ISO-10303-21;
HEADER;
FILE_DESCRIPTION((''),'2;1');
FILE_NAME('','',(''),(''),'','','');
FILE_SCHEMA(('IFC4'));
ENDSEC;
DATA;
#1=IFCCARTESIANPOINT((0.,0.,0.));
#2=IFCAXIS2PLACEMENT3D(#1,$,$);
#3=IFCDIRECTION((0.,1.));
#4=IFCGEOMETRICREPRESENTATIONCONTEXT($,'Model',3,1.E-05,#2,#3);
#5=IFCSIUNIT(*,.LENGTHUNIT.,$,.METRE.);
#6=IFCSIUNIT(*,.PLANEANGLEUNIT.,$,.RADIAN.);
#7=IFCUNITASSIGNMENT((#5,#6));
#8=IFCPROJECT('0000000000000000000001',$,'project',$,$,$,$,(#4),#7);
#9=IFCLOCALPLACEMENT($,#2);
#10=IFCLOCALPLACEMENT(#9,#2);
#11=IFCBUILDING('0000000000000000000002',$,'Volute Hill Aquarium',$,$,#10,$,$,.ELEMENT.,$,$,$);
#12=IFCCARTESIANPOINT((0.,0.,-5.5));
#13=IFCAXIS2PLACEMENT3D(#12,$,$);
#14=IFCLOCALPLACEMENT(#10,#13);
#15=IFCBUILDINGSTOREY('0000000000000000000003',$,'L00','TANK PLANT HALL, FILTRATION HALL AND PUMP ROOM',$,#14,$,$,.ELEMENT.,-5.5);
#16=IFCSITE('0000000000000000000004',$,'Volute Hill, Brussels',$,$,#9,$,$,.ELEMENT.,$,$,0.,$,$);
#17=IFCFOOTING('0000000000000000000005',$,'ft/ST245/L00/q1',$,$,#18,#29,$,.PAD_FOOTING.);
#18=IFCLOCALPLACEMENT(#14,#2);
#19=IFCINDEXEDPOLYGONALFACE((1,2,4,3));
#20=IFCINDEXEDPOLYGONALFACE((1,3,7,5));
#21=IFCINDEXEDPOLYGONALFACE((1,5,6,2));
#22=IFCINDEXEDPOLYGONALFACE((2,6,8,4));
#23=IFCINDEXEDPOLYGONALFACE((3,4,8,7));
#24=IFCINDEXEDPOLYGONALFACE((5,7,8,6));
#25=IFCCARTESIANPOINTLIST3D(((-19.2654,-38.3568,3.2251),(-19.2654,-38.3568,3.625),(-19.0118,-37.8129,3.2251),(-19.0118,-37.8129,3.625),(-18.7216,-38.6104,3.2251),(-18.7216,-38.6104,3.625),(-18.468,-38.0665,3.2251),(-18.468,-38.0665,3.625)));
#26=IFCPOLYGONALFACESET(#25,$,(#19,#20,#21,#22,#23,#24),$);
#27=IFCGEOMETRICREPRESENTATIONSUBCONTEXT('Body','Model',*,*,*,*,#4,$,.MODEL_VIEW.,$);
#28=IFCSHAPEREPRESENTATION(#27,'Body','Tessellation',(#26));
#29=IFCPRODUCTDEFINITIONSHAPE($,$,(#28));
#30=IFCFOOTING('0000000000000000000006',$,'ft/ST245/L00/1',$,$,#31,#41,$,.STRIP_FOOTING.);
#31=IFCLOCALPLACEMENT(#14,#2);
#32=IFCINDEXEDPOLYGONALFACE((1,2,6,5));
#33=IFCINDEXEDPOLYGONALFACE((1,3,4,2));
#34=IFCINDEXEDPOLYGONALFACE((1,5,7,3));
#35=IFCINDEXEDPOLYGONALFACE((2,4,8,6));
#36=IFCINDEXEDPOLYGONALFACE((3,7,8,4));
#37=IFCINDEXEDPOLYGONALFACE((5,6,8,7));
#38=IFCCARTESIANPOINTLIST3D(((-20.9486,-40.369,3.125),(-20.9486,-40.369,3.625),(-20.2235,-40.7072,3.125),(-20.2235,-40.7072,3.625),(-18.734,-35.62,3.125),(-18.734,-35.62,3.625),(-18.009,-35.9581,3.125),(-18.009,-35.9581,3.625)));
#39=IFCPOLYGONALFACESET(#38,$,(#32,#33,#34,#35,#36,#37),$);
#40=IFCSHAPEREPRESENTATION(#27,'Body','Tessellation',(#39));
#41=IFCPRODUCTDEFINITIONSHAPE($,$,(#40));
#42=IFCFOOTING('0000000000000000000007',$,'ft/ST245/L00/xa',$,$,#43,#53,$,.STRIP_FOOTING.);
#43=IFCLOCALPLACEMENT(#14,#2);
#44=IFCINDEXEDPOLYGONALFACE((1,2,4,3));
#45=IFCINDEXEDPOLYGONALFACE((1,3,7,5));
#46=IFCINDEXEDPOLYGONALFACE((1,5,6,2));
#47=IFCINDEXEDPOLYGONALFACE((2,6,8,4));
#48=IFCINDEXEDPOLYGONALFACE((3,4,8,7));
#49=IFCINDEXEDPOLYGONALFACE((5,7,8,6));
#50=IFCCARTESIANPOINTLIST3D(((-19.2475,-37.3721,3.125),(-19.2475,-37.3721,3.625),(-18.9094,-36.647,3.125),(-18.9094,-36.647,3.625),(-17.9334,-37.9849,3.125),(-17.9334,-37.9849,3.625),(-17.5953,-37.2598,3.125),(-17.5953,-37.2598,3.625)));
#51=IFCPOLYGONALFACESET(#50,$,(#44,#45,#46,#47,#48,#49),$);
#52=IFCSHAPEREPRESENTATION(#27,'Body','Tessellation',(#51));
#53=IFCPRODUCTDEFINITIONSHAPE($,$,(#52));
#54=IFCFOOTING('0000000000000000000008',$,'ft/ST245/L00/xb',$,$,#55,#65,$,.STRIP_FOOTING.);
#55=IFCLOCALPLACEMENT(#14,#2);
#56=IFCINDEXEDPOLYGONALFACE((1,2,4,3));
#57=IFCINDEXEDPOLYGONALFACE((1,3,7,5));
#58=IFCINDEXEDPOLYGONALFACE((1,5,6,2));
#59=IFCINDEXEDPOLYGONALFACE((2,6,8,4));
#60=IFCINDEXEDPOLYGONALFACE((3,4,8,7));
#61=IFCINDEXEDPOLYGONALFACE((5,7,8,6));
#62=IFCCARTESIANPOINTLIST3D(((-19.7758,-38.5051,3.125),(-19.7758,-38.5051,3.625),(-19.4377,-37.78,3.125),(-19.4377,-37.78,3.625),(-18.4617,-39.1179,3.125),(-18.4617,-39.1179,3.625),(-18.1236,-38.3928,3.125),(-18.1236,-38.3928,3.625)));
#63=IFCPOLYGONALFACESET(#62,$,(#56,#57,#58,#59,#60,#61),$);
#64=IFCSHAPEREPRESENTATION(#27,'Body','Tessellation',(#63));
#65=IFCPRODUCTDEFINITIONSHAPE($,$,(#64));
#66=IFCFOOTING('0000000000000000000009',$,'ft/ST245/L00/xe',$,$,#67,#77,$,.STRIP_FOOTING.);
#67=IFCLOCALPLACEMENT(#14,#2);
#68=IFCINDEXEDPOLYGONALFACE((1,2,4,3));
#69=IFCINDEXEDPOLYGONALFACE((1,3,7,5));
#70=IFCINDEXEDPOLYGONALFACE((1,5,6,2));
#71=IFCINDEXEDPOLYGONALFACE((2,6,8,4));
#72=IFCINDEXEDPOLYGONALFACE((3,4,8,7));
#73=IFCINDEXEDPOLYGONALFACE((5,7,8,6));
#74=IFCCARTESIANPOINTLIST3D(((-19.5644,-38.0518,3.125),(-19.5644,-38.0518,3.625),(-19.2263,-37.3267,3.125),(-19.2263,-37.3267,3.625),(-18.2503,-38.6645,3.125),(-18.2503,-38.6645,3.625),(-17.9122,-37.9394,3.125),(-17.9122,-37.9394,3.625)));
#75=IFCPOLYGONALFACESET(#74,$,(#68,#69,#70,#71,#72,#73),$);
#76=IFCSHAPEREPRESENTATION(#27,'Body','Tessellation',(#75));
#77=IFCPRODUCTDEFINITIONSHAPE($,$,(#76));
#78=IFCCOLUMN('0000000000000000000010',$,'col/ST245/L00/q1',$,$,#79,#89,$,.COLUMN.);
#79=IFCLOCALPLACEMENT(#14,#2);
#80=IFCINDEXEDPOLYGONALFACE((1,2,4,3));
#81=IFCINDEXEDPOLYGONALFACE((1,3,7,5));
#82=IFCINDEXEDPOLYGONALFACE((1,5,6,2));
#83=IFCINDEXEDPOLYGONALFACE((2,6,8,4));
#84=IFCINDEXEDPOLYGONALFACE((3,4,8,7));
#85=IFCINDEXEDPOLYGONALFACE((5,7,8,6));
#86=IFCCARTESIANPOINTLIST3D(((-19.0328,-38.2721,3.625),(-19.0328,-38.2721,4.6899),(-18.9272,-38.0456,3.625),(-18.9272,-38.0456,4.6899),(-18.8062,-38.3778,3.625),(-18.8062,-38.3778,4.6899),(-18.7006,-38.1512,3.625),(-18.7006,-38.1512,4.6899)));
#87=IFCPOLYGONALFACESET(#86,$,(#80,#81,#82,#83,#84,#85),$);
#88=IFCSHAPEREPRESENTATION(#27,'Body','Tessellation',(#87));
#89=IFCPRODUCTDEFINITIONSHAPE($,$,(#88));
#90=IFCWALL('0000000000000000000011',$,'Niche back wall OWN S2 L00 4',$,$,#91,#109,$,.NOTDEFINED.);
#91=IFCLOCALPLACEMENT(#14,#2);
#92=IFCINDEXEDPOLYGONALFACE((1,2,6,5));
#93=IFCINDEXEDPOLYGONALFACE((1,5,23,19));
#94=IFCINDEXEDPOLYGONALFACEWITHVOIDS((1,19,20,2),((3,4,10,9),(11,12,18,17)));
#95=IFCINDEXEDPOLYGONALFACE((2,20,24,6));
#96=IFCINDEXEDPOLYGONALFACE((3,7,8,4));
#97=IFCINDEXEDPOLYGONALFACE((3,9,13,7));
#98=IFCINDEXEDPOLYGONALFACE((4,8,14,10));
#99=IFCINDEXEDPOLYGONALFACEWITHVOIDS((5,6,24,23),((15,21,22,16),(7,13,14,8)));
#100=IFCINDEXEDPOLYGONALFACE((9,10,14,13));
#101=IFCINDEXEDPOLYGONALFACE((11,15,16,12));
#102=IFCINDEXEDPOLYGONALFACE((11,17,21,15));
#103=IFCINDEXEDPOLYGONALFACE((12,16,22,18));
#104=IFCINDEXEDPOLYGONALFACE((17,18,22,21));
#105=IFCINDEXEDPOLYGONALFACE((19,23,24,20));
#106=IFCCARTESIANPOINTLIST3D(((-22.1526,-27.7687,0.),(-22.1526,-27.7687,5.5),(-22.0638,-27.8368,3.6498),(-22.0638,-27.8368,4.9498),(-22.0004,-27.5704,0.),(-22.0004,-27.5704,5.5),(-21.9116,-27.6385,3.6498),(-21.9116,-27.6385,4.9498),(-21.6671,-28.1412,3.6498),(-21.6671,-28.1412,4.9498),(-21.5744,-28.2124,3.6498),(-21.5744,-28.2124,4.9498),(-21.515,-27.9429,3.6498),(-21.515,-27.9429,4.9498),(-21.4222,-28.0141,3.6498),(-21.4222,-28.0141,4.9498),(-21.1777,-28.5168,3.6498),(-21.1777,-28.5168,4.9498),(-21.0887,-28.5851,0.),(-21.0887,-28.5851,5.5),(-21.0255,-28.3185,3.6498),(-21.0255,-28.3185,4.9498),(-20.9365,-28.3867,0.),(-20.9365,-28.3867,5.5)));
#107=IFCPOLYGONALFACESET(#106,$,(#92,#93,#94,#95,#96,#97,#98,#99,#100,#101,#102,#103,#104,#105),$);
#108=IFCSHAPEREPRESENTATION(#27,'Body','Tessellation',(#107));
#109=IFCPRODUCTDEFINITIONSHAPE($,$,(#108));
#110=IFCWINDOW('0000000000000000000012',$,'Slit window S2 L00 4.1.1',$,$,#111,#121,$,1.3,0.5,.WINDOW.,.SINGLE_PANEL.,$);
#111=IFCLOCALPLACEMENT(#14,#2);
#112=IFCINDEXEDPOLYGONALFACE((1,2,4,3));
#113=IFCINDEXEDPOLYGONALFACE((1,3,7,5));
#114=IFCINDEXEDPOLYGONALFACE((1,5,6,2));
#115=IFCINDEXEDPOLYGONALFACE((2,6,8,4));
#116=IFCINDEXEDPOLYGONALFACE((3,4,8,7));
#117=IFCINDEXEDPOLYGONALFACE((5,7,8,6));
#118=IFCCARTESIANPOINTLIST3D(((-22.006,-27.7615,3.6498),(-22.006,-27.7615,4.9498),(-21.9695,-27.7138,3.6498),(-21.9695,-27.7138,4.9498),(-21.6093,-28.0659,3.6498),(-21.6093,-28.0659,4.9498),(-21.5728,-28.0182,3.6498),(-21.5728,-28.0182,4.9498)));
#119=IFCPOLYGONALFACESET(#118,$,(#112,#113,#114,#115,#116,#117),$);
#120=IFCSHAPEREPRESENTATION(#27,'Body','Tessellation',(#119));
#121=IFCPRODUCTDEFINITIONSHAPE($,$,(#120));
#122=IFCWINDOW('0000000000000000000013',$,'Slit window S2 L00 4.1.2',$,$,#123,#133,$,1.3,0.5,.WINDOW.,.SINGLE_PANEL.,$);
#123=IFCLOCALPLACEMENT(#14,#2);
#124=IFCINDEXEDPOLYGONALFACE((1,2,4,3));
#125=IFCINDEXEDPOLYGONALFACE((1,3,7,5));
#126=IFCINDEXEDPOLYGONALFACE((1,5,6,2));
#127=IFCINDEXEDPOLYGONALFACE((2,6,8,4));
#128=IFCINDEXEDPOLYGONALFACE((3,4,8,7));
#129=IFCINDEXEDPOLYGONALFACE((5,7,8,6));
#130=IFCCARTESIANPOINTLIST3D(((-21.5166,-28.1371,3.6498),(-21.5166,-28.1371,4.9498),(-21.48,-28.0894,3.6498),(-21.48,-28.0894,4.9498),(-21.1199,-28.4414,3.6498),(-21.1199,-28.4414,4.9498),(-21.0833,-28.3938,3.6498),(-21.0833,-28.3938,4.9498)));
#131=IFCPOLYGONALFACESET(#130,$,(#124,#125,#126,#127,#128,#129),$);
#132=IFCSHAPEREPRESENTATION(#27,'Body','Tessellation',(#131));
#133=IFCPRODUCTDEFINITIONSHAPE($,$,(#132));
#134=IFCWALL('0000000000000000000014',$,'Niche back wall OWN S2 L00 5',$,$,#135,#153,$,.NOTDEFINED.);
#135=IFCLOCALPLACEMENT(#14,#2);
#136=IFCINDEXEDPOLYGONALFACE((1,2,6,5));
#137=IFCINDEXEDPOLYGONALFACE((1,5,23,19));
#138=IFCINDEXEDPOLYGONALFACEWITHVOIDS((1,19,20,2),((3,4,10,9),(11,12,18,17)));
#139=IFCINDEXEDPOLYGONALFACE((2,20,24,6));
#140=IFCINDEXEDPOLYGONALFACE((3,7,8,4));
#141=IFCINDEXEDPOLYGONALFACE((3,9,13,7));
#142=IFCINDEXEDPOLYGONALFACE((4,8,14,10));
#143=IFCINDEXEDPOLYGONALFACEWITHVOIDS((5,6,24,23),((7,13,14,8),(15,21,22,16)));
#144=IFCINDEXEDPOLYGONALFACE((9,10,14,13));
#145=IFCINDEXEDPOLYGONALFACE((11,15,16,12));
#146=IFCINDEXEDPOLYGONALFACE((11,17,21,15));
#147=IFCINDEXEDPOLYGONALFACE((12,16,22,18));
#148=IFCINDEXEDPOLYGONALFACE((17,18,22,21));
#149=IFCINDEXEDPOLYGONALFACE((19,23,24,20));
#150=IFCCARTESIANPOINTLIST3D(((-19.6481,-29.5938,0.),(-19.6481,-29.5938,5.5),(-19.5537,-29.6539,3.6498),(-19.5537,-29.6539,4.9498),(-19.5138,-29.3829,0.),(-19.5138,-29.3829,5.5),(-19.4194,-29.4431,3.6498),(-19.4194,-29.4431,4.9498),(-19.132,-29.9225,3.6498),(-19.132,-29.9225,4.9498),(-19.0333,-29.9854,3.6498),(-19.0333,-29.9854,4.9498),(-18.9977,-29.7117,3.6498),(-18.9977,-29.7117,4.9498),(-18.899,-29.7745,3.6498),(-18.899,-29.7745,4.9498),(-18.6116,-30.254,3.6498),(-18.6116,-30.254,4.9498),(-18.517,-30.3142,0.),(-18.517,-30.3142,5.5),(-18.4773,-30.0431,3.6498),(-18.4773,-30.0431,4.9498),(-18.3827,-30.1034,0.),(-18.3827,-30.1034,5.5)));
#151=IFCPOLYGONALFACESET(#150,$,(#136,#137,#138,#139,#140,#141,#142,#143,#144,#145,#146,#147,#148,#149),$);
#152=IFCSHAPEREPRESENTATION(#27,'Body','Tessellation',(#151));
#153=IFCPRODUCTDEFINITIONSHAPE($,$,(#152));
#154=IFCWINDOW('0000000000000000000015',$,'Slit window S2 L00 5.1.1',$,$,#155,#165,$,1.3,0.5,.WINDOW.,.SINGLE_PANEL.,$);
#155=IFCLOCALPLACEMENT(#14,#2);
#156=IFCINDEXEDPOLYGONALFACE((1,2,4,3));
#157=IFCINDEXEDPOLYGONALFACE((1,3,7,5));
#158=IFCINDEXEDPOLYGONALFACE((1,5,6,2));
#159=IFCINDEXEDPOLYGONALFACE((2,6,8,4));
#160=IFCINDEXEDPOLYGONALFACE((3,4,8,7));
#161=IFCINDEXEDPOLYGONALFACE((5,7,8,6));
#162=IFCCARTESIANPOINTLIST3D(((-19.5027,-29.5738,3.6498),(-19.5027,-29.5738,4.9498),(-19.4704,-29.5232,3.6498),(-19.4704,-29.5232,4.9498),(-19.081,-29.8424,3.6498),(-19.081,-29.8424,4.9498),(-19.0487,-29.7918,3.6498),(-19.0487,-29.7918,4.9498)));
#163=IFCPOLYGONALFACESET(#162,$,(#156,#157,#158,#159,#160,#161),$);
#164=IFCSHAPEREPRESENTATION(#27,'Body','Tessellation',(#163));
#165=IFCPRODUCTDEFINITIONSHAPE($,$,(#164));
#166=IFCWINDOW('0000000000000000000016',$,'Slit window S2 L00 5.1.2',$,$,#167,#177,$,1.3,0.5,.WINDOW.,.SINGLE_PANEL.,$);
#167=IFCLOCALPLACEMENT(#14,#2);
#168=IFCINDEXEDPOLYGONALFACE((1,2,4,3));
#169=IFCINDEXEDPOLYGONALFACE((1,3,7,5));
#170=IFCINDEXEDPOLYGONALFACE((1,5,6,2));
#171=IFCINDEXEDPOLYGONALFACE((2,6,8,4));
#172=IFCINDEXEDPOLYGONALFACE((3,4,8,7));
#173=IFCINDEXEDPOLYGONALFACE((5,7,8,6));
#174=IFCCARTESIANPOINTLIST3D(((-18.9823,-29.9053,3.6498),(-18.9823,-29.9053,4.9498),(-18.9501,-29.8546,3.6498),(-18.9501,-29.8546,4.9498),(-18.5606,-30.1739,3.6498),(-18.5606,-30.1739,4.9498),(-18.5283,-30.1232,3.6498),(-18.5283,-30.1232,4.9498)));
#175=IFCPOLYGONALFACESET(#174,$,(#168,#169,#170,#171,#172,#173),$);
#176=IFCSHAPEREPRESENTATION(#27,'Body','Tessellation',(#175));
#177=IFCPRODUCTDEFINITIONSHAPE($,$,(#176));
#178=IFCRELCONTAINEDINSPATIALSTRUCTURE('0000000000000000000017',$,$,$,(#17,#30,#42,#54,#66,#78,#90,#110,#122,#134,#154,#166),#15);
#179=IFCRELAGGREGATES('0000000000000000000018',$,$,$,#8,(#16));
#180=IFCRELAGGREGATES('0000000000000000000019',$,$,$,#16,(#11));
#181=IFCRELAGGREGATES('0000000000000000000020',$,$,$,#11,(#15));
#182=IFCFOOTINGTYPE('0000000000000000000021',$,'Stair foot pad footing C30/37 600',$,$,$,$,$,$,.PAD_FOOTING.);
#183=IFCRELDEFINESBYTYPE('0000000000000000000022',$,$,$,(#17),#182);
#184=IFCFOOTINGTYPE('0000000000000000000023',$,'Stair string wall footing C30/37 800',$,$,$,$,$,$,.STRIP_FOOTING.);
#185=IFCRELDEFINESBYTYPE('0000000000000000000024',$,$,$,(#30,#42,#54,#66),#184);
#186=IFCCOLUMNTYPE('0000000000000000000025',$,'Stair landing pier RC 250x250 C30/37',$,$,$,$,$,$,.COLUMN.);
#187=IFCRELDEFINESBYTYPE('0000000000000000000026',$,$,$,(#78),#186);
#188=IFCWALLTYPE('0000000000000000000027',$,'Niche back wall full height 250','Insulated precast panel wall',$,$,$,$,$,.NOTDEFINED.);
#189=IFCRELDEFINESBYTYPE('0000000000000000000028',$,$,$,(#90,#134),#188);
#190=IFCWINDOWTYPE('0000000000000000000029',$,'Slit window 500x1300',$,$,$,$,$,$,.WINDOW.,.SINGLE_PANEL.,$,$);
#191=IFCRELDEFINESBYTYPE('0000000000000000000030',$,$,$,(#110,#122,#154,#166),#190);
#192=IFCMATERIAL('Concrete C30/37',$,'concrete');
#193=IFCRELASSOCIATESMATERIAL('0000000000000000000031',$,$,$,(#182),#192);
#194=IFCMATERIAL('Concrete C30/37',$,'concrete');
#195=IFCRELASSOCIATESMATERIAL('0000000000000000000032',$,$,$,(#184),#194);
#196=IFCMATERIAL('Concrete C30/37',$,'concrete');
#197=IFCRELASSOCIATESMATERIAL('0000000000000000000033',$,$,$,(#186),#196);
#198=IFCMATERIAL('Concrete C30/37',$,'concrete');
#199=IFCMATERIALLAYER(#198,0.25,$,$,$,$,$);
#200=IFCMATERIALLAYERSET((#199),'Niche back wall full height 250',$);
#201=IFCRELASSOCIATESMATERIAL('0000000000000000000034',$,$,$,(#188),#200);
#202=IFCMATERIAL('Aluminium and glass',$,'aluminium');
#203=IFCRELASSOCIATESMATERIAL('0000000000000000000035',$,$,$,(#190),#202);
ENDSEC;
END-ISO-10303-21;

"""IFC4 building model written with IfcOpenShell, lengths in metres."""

from ifc_helpers import new_model, si_unit, direction, frame, frame_2d, origin, origin_2d, place, context, subcontext, project, spatial, rectangle, extrude, material, layer, layer_set, material_profile, profile_set, type_object, element, fill, save


model = new_model("IFC4")

# Units and contexts
model_context = context("Model", 3, precision=1e-05, world=origin(), true_north=direction((0.0, 1.0)))
body_context = subcontext(model_context, "Body", "Model", "MODEL_VIEW")
ifc_project = project(units=[si_unit("LENGTHUNIT", "METRE"), si_unit("PLANEANGLEUNIT", "RADIAN")], contexts=[model_context])

# Site, building, storey
site_placement = place(None, origin())
site = spatial("IfcSite", under=ifc_project, at=site_placement, Name="Volute Hill, Brussels", CompositionType="ELEMENT", RefElevation=0.0)
building_placement = place(site_placement, origin())
building = spatial("IfcBuilding", under=site, at=building_placement, Name="Volute Hill Aquarium", CompositionType="ELEMENT")
storey_placement = place(building_placement, frame((0.0, 0.0, -5.5)))
storey = spatial("IfcBuildingStorey", under=building, at=storey_placement, Name="L00", Description="TANK PLANT HALL, FILTRATION HALL AND PUMP ROOM", CompositionType="ELEMENT", Elevation=-5.5)

# Footings
ifc_material_1 = material(Name="Concrete C30/37", Category="concrete")
footing_type_1 = type_object("IfcFootingType", Name="Stair foot pad footing C30/37 600", PredefinedType="PAD_FOOTING", material=ifc_material_1)
footing_1_placement = place(storey_placement, frame((-18.8667, -38.2117, 3.2251), z_axis=(0.0, 0.0, 1.0), x_axis=(-0.422618, -0.906308, 0.0)))
element("IfcFooting", 1, at=footing_1_placement, inside=storey, type_object=footing_type_1, Name="ft/ST245/L00/q1", PredefinedType="PAD_FOOTING", context=body_context, shape_type="SweptSolid", body=[
    extrude(rectangle(XDim=0.6001, YDim=0.6001, at=origin_2d()), origin(), (0.0, 0.0, 1.0), 0.3999),
])
ifc_material_2 = material(Name="Concrete C30/37", Category="concrete")
footing_type_2 = type_object("IfcFootingType", Name="Stair string wall footing C30/37 800", PredefinedType="STRIP_FOOTING", material=ifc_material_2)
footing_2_placement = place(storey_placement, frame((-19.4788, -38.1636, 3.125), z_axis=(0.0, 0.0, 1.0), x_axis=(-0.422618, -0.906308, 0.0)))
element("IfcFooting", 2, at=footing_2_placement, inside=storey, type_object=footing_type_2, Name="ft/ST245/L00/1", PredefinedType="STRIP_FOOTING", context=body_context, shape_type="SweptSolid", body=[
    extrude(rectangle(XDim=5.24, YDim=0.8, at=origin_2d()), origin(), (0.0, 0.0, 1.0), 0.5),
])
for number, where, z_axis, x_axis, name in (
    (3, (-18.4214, -37.3159, 3.125), (0.0, 0.0, 1.0), (0.906308, -0.422618, 0.0), "ft/ST245/L00/xa"),
    (4, (-18.9497, -38.449, 3.125), (0.0, 0.0, 1.0), (0.906308, -0.422618, 0.0), "ft/ST245/L00/xb"),
    (5, (-18.7383, -37.9956, 3.125), (0.0, 0.0, 1.0), (0.906308, -0.422618, 0.0), "ft/ST245/L00/xe"),
):
    element("IfcFooting", number, at=place(storey_placement, frame(where, z_axis=z_axis, x_axis=x_axis)), inside=storey, type_object=footing_type_2, Name=name, PredefinedType="STRIP_FOOTING", context=body_context, shape_type="SweptSolid", body=[
        extrude(rectangle(XDim=1.45, YDim=0.8, at=origin_2d()), origin(), (0.0, 0.0, 1.0), 0.5),
    ])

# Column
ifc_material_3 = material(Name="Concrete C30/37", Category="concrete")
ifc_material_profile = material_profile(ifc_material_3, rectangle(XDim=0.25, YDim=0.25, at=origin_2d()), Name="RC pier 250x250")
ifc_profile_set = profile_set([ifc_material_profile], Name="Concrete C30/37")
column_type = type_object("IfcColumnType", Name="Stair landing pier RC 250x250 C30/37", PredefinedType="COLUMN", material=ifc_profile_set)
column_placement = place(storey_placement, frame((-18.8667, -38.2117, 3.625), z_axis=(0.0, 0.0, 1.0), x_axis=(-0.422618, -0.906308, 0.0)))
element("IfcColumn", 6, at=column_placement, inside=storey, type_object=column_type, Name="col/ST245/L00/q1", PredefinedType="COLUMN", context=body_context, shape_type="SweptSolid", body=[
    extrude(rectangle(XDim=0.25, YDim=0.25, at=origin_2d()), origin(), (0.0, 0.0, 1.0), 1.0649),
])

# Walls, openings, windows
ifc_material_4 = material(Name="Concrete C30/37", Category="concrete")
ifc_layer_1 = layer(ifc_material_4, 0.25)
ifc_layer_set_1 = layer_set([ifc_layer_1], Name="Niche back wall full height 250")
wall_type_1 = type_object("IfcWallType", Name="Niche back wall full height 250", Description="Insulated precast panel wall", PredefinedType="NOTDEFINED", material=ifc_layer_set_1)
wall_1_placement = place(storey_placement, frame((-21.0127, -28.4858, 0.0), z_axis=(0.0, 0.0, 1.0), x_axis=(-0.793354, 0.60876, 0.0)))
wall_1 = element("IfcWall", 7, at=wall_1_placement, inside=storey, type_object=wall_type_1, Name="Niche back wall OWN S2 L00 4", PredefinedType="NOTDEFINED", context=body_context, shape_type="SweptSolid", body=[
    extrude(rectangle(XDim=1.3411, YDim=0.25, at=frame_2d((0.6704, 0.0))), origin(), (0.0, 0.0, 1.0), 5.5),
])
opening_1_placement = place(wall_1_placement, frame((0.729, 0.0, 3.6499)))
opening_1 = element("IfcOpeningElement", 8, at=opening_1_placement, cuts=wall_1, PredefinedType="OPENING", context=body_context, shape_type="SweptSolid", body=[
    extrude(rectangle(XDim=0.5, YDim=1.3, at=frame_2d((0.25, 0.6499))), frame((0.0, 0.135, 0.0), z_axis=(0.0, -1.0, 0.0), x_axis=(1.0, 0.0, 0.0)), (0.0, 0.0, 1.0), 0.27),
])
opening_2_placement = place(wall_1_placement, frame((0.1121, 0.0, 3.6499)))
opening_2 = element("IfcOpeningElement", 9, at=opening_2_placement, cuts=wall_1, PredefinedType="OPENING", context=body_context, shape_type="SweptSolid", body=[
    extrude(rectangle(XDim=0.5, YDim=1.3, at=frame_2d((0.25, 0.6499))), frame((0.0, 0.135, 0.0), z_axis=(0.0, -1.0, 0.0), x_axis=(1.0, 0.0, 0.0)), (0.0, 0.0, 1.0), 0.27),
])
ifc_material_5 = material(Name="Aluminium and glass", Category="aluminium")
window_type = type_object("IfcWindowType", Name="Slit window 500x1300", PartitioningType="SINGLE_PANEL", PredefinedType="WINDOW", material=ifc_material_5)
window_1_placement = place(opening_1_placement, origin())
window_1 = element("IfcWindow", 10, at=window_1_placement, inside=storey, type_object=window_type, Name="Slit window S2 L00 4.1.1", OverallHeight=1.3, OverallWidth=0.5, PartitioningType="SINGLE_PANEL", PredefinedType="WINDOW", context=body_context, shape_type="SweptSolid", body=[
    extrude(rectangle(XDim=0.5, YDim=1.3, at=frame_2d((0.25, 0.6499))), frame((0.0, 0.03, 0.0), z_axis=(0.0, -1.0, 0.0), x_axis=(1.0, 0.0, 0.0)), (0.0, 0.0, 1.0), 0.0601),
])
fill(opening_1, window_1)
window_2_placement = place(opening_2_placement, origin())
window_2 = element("IfcWindow", 11, at=window_2_placement, inside=storey, type_object=window_type, Name="Slit window S2 L00 4.1.2", OverallHeight=1.3, OverallWidth=0.5, PartitioningType="SINGLE_PANEL", PredefinedType="WINDOW", context=body_context, shape_type="SweptSolid", body=[
    extrude(rectangle(XDim=0.5, YDim=1.3, at=frame_2d((0.25, 0.6499))), frame((0.0, 0.03, 0.0), z_axis=(0.0, -1.0, 0.0), x_axis=(1.0, 0.0, 0.0)), (0.0, 0.0, 1.0), 0.0601),
])
fill(opening_2, window_2)
wall_2_placement = place(storey_placement, frame((-18.45, -30.2087, 0.0), z_axis=(0.0, 0.0, 1.0), x_axis=(-0.843437, 0.537229, 0.0)))
wall_2 = element("IfcWall", 12, at=wall_2_placement, inside=storey, type_object=wall_type_1, Name="Niche back wall OWN S2 L00 5", PredefinedType="NOTDEFINED", context=body_context, shape_type="SweptSolid", body=[
    extrude(rectangle(XDim=1.3411, YDim=0.25, at=frame_2d((0.6704, 0.0))), origin(), (0.0, 0.0, 1.0), 5.5),
])
opening_3_placement = place(wall_2_placement, frame((0.729, 0.0, 3.6499)))
opening_3 = element("IfcOpeningElement", 13, at=opening_3_placement, cuts=wall_2, PredefinedType="OPENING", context=body_context, shape_type="SweptSolid", body=[
    extrude(rectangle(XDim=0.5, YDim=1.3, at=frame_2d((0.25, 0.6499))), frame((0.0, 0.135, 0.0), z_axis=(0.0, -1.0, 0.0), x_axis=(1.0, 0.0, 0.0)), (0.0, 0.0, 1.0), 0.27),
])
opening_4_placement = place(wall_2_placement, frame((0.1121, 0.0, 3.6499)))
opening_4 = element("IfcOpeningElement", 14, at=opening_4_placement, cuts=wall_2, PredefinedType="OPENING", context=body_context, shape_type="SweptSolid", body=[
    extrude(rectangle(XDim=0.5, YDim=1.3, at=frame_2d((0.25, 0.6499))), frame((0.0, 0.135, 0.0), z_axis=(0.0, -1.0, 0.0), x_axis=(1.0, 0.0, 0.0)), (0.0, 0.0, 1.0), 0.27),
])
window_3_placement = place(opening_3_placement, origin())
window_3 = element("IfcWindow", 15, at=window_3_placement, inside=storey, type_object=window_type, Name="Slit window S2 L00 5.1.1", OverallHeight=1.3, OverallWidth=0.5, PartitioningType="SINGLE_PANEL", PredefinedType="WINDOW", context=body_context, shape_type="SweptSolid", body=[
    extrude(rectangle(XDim=0.5, YDim=1.3, at=frame_2d((0.25, 0.6499))), frame((0.0, 0.03, 0.0), z_axis=(0.0, -1.0, 0.0), x_axis=(1.0, 0.0, 0.0)), (0.0, 0.0, 1.0), 0.0601),
])
fill(opening_3, window_3)
window_4_placement = place(opening_4_placement, origin())
window_4 = element("IfcWindow", 16, at=window_4_placement, inside=storey, type_object=window_type, Name="Slit window S2 L00 5.1.2", OverallHeight=1.3, OverallWidth=0.5, PartitioningType="SINGLE_PANEL", PredefinedType="WINDOW", context=body_context, shape_type="SweptSolid", body=[
    extrude(rectangle(XDim=0.5, YDim=1.3, at=frame_2d((0.25, 0.6499))), frame((0.0, 0.03, 0.0), z_axis=(0.0, -1.0, 0.0), x_axis=(1.0, 0.0, 0.0)), (0.0, 0.0, 1.0), 0.0601),
])
fill(opening_4, window_4)

save(model, "model.ifc")
